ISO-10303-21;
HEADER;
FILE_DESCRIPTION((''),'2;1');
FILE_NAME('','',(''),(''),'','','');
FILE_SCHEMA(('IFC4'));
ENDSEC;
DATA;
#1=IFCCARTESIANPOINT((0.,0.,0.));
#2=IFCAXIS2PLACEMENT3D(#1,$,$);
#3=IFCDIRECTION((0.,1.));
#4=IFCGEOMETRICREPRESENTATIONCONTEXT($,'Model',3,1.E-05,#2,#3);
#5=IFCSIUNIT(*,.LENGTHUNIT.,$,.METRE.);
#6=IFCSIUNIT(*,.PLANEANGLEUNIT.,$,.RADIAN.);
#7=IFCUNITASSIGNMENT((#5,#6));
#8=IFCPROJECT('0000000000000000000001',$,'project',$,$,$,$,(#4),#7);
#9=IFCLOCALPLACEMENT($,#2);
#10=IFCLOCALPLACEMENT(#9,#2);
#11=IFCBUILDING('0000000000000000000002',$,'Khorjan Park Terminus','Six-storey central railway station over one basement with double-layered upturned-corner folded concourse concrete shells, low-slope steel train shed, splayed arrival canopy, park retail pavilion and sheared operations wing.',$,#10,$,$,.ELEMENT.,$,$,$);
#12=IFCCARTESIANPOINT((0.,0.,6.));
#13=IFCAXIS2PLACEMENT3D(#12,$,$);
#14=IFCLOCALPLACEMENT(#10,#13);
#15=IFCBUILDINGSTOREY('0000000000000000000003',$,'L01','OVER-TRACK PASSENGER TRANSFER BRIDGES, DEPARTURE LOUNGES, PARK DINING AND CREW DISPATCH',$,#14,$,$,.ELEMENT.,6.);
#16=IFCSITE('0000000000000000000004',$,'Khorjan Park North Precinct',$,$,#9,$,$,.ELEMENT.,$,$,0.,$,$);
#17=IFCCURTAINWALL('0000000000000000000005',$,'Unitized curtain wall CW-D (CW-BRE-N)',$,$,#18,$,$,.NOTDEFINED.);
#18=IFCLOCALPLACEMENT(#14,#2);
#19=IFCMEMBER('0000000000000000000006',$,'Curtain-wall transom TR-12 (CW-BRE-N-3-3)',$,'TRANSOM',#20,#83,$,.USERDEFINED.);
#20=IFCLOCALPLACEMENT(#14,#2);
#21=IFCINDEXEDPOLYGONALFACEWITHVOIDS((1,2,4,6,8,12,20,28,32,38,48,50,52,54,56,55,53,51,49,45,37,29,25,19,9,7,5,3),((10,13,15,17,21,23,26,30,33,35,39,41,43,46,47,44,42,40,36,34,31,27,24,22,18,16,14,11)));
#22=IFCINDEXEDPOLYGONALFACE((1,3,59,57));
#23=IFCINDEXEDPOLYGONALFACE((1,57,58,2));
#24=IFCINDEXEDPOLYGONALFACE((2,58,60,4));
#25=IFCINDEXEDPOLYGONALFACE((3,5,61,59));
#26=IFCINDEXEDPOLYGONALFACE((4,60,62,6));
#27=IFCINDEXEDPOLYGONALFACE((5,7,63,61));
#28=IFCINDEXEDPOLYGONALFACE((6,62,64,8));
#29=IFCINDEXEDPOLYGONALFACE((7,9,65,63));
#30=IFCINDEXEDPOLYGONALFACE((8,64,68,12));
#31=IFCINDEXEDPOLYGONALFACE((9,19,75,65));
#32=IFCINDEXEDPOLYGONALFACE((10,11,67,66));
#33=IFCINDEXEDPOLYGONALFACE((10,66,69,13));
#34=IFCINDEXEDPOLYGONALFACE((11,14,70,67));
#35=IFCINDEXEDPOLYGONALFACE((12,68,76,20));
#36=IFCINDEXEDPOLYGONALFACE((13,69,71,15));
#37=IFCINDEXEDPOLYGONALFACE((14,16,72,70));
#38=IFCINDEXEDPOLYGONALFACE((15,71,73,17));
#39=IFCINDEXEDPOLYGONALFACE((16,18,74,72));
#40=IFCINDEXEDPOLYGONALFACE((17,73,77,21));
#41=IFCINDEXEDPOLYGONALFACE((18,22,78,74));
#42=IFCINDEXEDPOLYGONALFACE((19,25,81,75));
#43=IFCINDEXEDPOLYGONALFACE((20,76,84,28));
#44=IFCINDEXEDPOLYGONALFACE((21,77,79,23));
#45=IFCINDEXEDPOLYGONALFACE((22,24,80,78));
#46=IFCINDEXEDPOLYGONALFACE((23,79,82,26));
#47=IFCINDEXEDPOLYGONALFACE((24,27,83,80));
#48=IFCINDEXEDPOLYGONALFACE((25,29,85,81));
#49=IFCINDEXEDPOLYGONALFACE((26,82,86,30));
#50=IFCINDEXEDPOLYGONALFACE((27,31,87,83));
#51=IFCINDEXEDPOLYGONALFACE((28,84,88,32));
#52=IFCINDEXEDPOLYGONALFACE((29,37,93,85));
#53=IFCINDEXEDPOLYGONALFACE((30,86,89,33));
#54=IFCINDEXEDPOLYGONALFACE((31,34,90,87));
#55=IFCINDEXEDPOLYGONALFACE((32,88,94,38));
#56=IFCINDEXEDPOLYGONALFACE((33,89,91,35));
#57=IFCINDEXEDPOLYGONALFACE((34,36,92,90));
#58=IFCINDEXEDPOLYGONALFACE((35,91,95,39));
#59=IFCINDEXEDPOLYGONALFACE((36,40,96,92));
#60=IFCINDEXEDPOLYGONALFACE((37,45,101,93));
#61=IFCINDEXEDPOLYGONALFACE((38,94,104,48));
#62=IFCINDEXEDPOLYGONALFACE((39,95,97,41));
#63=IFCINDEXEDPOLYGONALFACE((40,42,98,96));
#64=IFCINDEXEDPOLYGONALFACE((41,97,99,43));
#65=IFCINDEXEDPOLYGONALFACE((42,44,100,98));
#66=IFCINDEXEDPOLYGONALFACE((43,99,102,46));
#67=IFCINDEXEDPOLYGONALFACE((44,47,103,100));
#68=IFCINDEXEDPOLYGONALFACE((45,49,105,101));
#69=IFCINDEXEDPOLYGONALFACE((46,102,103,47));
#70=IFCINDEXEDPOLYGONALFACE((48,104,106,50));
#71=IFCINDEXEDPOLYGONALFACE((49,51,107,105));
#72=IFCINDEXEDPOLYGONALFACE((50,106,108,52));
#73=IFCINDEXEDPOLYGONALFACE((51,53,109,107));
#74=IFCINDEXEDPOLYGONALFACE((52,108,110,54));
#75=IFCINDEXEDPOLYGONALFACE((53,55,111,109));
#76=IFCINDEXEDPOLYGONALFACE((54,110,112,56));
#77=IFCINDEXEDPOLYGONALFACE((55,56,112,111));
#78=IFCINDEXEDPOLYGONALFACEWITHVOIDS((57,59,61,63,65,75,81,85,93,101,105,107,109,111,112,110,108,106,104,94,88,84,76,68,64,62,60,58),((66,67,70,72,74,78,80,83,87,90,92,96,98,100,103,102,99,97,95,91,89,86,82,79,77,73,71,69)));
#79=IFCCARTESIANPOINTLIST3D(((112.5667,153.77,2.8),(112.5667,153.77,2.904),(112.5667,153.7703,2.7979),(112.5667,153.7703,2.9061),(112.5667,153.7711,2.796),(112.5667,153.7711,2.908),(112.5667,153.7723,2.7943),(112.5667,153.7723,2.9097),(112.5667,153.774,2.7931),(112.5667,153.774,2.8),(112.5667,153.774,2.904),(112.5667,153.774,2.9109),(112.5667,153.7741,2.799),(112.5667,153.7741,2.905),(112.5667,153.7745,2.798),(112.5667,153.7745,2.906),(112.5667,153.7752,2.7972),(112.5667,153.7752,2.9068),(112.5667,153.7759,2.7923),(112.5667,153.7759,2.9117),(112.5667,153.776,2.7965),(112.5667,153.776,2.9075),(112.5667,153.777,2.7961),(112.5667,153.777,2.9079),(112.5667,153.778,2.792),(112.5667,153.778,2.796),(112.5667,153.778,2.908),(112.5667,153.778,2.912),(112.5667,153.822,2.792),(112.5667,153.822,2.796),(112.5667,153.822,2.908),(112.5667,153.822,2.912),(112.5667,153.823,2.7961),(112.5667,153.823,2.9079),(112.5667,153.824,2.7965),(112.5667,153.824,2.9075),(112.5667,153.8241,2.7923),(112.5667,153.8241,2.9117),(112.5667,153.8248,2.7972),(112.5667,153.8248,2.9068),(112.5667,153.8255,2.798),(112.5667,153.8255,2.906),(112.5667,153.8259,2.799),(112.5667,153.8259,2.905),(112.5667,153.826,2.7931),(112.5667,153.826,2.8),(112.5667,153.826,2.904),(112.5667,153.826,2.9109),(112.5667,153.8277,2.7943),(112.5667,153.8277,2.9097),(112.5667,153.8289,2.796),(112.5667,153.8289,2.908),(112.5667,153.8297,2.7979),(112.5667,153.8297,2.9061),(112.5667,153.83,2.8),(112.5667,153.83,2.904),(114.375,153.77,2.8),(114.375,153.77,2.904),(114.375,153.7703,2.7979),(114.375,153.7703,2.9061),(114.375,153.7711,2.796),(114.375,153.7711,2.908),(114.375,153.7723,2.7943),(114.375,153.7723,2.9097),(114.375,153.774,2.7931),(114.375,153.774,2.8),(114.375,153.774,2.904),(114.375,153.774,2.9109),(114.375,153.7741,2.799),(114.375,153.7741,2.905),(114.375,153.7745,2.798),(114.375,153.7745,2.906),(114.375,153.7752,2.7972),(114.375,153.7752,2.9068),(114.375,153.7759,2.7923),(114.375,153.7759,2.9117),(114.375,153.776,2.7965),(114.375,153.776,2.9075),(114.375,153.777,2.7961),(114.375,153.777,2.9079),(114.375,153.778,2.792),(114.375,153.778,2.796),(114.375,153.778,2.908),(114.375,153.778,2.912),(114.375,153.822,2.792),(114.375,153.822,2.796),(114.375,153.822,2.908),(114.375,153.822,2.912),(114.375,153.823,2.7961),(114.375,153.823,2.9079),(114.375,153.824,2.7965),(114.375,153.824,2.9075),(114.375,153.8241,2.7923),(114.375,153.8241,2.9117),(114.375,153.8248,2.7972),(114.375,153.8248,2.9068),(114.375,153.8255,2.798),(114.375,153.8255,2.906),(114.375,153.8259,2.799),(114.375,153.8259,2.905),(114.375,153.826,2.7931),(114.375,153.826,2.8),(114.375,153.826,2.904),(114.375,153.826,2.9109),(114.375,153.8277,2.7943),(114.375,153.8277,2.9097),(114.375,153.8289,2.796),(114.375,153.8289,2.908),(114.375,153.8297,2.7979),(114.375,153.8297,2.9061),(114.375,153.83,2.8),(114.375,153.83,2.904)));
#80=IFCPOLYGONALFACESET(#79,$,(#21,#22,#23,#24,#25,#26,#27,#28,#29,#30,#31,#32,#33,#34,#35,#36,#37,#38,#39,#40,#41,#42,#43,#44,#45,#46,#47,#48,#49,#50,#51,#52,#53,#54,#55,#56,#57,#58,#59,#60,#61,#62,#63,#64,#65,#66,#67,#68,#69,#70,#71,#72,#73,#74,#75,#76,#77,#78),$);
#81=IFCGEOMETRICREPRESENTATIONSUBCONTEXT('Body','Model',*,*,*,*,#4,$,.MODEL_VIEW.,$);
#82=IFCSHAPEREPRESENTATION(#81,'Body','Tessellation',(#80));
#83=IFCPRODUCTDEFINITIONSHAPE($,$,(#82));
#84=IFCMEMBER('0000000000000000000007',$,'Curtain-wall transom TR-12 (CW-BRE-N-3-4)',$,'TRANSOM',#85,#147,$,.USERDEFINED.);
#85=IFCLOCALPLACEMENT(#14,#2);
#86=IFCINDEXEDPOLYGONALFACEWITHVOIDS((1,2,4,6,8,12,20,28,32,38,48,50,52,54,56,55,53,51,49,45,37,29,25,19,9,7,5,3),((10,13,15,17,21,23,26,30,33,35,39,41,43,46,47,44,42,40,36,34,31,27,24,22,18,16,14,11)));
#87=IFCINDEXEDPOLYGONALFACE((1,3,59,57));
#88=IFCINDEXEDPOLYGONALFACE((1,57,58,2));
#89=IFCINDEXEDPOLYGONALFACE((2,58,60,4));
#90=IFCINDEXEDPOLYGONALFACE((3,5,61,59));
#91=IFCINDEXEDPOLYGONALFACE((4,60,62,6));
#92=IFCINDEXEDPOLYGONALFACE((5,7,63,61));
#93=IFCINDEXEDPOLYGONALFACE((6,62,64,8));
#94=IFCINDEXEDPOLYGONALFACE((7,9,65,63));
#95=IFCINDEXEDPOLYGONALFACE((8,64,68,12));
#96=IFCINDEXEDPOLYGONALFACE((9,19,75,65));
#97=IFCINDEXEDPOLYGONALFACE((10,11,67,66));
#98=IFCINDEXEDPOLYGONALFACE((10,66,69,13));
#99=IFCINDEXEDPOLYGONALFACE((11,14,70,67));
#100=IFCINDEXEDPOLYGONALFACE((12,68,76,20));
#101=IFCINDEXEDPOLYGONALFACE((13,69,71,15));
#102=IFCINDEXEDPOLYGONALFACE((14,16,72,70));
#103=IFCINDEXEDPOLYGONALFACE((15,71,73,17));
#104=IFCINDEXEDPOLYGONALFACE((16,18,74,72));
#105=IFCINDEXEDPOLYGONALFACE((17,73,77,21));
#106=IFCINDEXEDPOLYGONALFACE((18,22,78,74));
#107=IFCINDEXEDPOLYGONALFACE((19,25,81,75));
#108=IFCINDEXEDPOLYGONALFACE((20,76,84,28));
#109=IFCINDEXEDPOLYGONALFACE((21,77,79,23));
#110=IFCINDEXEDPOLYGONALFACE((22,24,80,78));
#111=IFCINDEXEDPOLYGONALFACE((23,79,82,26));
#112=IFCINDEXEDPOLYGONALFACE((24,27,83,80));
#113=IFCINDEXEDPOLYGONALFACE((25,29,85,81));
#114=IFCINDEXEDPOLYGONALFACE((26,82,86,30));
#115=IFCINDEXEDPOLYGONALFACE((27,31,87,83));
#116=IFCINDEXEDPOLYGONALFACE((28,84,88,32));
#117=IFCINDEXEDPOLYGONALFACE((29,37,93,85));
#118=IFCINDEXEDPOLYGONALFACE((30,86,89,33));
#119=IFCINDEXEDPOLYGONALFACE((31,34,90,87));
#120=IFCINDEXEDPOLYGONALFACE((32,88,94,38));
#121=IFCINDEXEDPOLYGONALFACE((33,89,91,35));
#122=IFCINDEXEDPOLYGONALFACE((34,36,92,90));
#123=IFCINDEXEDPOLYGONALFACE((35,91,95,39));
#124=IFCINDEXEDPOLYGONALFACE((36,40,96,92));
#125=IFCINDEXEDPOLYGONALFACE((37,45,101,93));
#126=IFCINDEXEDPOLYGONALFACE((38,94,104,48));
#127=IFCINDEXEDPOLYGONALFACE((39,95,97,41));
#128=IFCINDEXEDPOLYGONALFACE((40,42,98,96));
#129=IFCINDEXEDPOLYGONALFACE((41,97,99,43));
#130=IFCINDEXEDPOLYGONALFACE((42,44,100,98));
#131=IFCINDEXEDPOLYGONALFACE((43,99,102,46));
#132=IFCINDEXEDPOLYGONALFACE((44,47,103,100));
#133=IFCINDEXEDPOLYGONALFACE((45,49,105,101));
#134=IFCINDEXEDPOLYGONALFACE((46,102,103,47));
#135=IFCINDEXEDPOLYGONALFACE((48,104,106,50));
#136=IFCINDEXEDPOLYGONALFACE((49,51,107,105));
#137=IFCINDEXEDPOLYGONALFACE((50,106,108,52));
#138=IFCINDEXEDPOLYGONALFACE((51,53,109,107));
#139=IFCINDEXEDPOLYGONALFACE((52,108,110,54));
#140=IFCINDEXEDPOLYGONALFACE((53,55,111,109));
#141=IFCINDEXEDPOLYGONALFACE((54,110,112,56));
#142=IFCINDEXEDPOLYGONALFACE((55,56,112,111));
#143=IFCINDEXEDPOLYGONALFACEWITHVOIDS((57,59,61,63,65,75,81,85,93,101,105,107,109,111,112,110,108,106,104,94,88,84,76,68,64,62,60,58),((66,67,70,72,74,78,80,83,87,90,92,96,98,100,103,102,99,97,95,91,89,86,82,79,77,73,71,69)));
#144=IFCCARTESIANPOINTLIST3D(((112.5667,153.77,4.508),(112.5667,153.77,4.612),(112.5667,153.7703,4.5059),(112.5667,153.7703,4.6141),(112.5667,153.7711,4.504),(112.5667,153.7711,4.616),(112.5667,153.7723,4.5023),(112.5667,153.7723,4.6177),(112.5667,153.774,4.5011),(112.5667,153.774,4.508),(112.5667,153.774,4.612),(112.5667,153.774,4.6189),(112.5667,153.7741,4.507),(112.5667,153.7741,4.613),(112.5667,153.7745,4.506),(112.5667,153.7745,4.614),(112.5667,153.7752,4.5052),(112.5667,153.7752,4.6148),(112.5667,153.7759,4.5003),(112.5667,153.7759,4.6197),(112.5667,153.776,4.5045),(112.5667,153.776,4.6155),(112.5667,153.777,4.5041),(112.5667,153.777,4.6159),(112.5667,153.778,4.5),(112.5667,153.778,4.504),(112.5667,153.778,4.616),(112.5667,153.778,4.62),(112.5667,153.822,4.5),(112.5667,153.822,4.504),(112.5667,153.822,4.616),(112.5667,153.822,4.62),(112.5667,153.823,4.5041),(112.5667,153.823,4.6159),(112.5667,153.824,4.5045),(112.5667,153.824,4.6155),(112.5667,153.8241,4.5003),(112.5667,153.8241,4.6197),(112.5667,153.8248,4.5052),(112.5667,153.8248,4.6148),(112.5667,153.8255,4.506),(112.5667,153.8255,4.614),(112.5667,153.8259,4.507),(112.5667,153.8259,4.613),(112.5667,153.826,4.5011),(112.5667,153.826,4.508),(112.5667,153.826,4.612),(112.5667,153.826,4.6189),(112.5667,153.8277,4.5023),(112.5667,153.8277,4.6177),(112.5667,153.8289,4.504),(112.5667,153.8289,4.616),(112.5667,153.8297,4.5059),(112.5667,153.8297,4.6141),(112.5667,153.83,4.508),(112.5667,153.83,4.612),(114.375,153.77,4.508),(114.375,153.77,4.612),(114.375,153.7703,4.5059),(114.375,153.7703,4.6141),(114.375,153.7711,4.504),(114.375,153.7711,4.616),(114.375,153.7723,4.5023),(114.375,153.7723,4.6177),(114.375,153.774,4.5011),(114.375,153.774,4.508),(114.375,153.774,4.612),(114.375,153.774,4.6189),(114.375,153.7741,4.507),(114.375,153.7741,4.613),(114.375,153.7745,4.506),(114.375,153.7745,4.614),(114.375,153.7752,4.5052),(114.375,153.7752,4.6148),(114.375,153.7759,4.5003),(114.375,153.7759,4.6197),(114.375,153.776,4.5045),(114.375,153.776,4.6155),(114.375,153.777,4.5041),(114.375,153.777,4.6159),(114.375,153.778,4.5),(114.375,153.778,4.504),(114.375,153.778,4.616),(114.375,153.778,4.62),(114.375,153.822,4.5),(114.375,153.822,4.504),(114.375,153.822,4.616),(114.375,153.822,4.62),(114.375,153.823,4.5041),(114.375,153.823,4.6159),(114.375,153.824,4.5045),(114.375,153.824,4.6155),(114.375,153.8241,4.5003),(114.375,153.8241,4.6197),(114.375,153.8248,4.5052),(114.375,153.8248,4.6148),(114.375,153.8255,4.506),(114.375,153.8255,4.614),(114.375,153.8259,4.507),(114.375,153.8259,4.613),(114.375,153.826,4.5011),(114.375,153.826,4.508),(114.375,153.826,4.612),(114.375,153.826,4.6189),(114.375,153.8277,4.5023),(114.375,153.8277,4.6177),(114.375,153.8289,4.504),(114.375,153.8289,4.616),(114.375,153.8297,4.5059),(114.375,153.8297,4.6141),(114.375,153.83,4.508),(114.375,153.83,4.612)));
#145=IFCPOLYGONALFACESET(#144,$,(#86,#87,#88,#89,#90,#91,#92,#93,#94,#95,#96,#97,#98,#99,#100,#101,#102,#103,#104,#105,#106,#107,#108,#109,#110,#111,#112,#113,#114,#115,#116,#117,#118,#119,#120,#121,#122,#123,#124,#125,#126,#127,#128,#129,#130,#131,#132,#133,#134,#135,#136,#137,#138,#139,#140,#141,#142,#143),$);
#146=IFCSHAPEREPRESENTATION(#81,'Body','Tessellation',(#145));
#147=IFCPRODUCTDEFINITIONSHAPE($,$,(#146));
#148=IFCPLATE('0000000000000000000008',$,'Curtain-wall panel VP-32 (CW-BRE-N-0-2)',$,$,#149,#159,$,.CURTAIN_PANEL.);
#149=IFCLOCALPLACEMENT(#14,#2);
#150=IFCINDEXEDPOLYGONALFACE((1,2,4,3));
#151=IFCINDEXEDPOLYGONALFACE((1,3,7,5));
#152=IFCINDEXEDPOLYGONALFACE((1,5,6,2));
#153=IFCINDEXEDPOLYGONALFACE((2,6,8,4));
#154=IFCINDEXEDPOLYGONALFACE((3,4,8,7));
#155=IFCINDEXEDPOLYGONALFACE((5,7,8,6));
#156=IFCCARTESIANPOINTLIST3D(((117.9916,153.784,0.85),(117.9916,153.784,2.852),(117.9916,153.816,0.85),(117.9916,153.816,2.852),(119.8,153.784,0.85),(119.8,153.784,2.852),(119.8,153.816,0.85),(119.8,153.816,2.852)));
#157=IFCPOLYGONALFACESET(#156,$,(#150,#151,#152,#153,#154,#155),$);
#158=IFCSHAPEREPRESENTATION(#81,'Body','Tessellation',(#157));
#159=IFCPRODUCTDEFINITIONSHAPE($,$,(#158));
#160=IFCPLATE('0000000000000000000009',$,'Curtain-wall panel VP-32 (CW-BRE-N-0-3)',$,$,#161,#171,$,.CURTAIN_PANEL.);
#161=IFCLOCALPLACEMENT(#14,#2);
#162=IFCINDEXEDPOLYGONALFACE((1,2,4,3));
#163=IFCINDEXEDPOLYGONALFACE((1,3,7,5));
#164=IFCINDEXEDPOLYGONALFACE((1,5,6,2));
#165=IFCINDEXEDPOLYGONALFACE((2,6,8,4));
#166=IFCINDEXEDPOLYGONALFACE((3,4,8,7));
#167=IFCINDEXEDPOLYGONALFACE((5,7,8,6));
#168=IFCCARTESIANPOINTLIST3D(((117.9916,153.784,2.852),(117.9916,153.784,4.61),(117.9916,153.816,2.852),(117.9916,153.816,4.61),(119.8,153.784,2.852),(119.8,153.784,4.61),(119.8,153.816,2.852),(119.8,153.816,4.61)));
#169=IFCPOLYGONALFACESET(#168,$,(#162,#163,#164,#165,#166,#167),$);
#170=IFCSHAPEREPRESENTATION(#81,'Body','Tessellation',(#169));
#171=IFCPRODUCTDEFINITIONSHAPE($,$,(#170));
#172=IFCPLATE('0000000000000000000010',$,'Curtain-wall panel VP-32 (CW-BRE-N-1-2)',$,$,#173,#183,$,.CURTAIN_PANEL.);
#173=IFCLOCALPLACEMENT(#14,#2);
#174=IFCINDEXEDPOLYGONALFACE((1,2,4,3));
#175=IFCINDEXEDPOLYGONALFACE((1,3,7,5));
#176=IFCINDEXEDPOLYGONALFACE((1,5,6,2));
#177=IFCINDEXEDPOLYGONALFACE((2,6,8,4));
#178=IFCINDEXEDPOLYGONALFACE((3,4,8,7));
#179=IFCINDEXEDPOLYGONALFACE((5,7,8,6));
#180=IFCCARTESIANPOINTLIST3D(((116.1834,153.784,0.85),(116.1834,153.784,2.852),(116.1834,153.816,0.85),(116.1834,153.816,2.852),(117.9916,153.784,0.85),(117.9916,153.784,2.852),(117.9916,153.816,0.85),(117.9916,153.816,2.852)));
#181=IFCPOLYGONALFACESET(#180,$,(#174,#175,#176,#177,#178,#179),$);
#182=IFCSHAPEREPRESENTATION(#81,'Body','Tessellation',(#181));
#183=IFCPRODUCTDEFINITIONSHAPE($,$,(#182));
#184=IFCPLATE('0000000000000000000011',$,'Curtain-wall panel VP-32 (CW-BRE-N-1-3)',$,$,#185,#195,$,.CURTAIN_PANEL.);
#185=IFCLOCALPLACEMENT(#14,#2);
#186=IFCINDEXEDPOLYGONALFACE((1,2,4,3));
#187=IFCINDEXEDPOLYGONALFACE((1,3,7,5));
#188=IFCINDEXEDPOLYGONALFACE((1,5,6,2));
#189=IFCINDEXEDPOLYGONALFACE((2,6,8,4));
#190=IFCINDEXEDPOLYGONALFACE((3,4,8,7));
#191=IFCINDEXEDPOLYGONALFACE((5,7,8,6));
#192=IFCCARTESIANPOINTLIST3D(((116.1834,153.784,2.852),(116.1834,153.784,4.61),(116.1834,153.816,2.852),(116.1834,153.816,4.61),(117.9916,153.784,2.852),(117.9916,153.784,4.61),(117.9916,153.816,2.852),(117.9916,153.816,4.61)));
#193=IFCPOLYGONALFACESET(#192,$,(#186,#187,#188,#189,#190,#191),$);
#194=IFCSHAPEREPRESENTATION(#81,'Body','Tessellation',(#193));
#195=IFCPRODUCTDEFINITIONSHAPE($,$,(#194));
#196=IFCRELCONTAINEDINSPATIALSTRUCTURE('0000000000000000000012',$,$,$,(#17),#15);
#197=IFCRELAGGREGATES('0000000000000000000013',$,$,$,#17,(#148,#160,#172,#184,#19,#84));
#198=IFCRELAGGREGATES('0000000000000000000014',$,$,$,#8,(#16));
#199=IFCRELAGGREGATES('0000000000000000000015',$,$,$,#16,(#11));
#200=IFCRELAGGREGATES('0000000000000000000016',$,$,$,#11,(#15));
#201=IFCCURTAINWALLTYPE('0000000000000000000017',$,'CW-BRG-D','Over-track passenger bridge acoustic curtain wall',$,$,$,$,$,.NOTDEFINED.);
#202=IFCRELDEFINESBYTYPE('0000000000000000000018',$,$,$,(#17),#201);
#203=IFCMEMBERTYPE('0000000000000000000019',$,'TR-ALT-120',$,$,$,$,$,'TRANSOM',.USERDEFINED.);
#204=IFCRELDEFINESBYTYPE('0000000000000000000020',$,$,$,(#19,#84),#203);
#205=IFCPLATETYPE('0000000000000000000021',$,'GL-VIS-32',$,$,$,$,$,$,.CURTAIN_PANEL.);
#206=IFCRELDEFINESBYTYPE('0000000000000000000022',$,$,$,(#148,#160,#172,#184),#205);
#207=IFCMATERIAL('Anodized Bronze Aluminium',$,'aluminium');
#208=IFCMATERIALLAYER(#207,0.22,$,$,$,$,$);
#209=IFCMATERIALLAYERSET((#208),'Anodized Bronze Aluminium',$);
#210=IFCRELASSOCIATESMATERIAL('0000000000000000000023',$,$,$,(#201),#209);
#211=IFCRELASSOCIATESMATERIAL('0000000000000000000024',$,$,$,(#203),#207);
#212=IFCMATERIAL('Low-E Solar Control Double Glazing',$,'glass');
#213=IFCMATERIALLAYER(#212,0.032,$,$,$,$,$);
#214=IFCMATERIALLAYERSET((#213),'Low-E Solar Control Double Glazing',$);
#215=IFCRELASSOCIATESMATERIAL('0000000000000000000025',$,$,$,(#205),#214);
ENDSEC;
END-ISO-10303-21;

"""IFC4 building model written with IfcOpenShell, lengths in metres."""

from ifc_helpers import new_model, si_unit, direction, frame, origin, origin_2d, place, context, subcontext, project, spatial, rectangle, hollow_rectangle, extrude, material, layer, layer_set, material_profile, profile_set, type_object, element, aggregate, save


model = new_model("IFC4")

# Units and contexts
model_context = context("Model", 3, precision=1e-05, world=origin(), true_north=direction((0.0, 1.0)))
body_context = subcontext(model_context, "Body", "Model", "MODEL_VIEW")
ifc_project = project(units=[si_unit("LENGTHUNIT", "METRE"), si_unit("PLANEANGLEUNIT", "RADIAN")], contexts=[model_context])

# Site, building, storey
site_placement = place(None, origin())
site = spatial("IfcSite", under=ifc_project, at=site_placement, Name="Khorjan Park North Precinct", CompositionType="ELEMENT", RefElevation=0.0)
building_placement = place(site_placement, origin())
building = spatial("IfcBuilding", under=site, at=building_placement, Name="Khorjan Park Terminus", Description="Six-storey central railway station over one basement with double-layered upturned-corner folded concourse concrete shells, low-slope steel train shed, splayed arrival canopy, park retail pavilion and sheared operations wing.", CompositionType="ELEMENT")
storey_placement = place(building_placement, frame((0.0, 0.0, 6.0)))
storey = spatial("IfcBuildingStorey", under=building, at=storey_placement, Name="L01", Description="OVER-TRACK PASSENGER TRANSFER BRIDGES, DEPARTURE LOUNGES, PARK DINING AND CREW DISPATCH", CompositionType="ELEMENT", Elevation=6.0)

# Curtain wall, members, plates
ifc_material_1 = material(Name="Anodized Bronze Aluminium", Category="aluminium")
ifc_layer_1 = layer(ifc_material_1, 0.22)
ifc_layer_set_1 = layer_set([ifc_layer_1], Name="Anodized Bronze Aluminium")
curtain_wall_type = type_object("IfcCurtainWallType", Name="CW-BRG-D", Description="Over-track passenger bridge acoustic curtain wall", PredefinedType="NOTDEFINED", material=ifc_layer_set_1)
curtain_wall_placement = place(storey_placement, origin())
curtain_wall = element("IfcCurtainWall", 1, at=curtain_wall_placement, inside=storey, type_object=curtain_wall_type, Name="Unitized curtain wall CW-D (CW-BRE-N)", PredefinedType="NOTDEFINED")
ifc_material_profile_1 = material_profile(ifc_material_1, hollow_rectangle(XDim=0.06, YDim=0.12, WallThickness=0.004, InnerFilletRadius=0.004, OuterFilletRadius=0.008, at=origin_2d()), Name="ALT 60x120x4")
ifc_profile_set_1 = profile_set([ifc_material_profile_1], Name="Anodized Bronze Aluminium")
member_type_1 = type_object("IfcMemberType", Name="TR-ALT-120", ElementType="TRANSOM", PredefinedType="USERDEFINED", material=ifc_profile_set_1)
member_1_placement = place(storey_placement, frame((114.375, 153.8, 2.852), z_axis=(-1.0, 0.0, 0.0), x_axis=(0.0, -1.0, 0.0)))
member_1 = element("IfcMember", 2, at=member_1_placement, type_object=member_type_1, Name="Curtain-wall transom TR-12 (CW-BRE-N-3-3)", ObjectType="TRANSOM", PredefinedType="USERDEFINED", context=body_context, shape_type="SweptSolid", body=[
    extrude(hollow_rectangle(XDim=0.06, YDim=0.12, WallThickness=0.004, InnerFilletRadius=0.004, OuterFilletRadius=0.008, at=origin_2d()), origin(), (0.0, 0.0, 1.0), 1.8083),
])
member_2_placement = place(storey_placement, frame((114.375, 153.8, 4.56), z_axis=(-1.0, 0.0, 0.0), x_axis=(0.0, -1.0, 0.0)))
member_2 = element("IfcMember", 3, at=member_2_placement, type_object=member_type_1, Name="Curtain-wall transom TR-12 (CW-BRE-N-3-4)", ObjectType="TRANSOM", PredefinedType="USERDEFINED", context=body_context, shape_type="SweptSolid", body=[
    extrude(hollow_rectangle(XDim=0.06, YDim=0.12, WallThickness=0.004, InnerFilletRadius=0.004, OuterFilletRadius=0.008, at=origin_2d()), origin(), (0.0, 0.0, 1.0), 1.8083),
])
ifc_material_2 = material(Name="Low-E Solar Control Double Glazing", Category="glass")
ifc_layer_2 = layer(ifc_material_2, 0.032)
ifc_layer_set_2 = layer_set([ifc_layer_2], Name="Low-E Solar Control Double Glazing")
plate_type_1 = type_object("IfcPlateType", Name="GL-VIS-32", PredefinedType="CURTAIN_PANEL", material=ifc_layer_set_2)
plate_1_placement = place(storey_placement, frame((118.8958, 153.8, 0.85), z_axis=(0.0, 0.0, 1.0), x_axis=(-1.0, 0.0, 0.0)))
plate_1 = element("IfcPlate", 4, at=plate_1_placement, type_object=plate_type_1, Name="Curtain-wall panel VP-32 (CW-BRE-N-0-2)", PredefinedType="CURTAIN_PANEL", context=body_context, shape_type="SweptSolid", body=[
    extrude(rectangle(XDim=1.8083, YDim=0.032, at=origin_2d()), origin(), (0.0, 0.0, 1.0), 2.002),
])
plate_2_placement = place(storey_placement, frame((118.8958, 153.8, 2.852), z_axis=(0.0, 0.0, 1.0), x_axis=(-1.0, 0.0, 0.0)))
plate_2 = element("IfcPlate", 5, at=plate_2_placement, type_object=plate_type_1, Name="Curtain-wall panel VP-32 (CW-BRE-N-0-3)", PredefinedType="CURTAIN_PANEL", context=body_context, shape_type="SweptSolid", body=[
    extrude(rectangle(XDim=1.8083, YDim=0.032, at=origin_2d()), origin(), (0.0, 0.0, 1.0), 1.758),
])
plate_3_placement = place(storey_placement, frame((117.0875, 153.8, 0.85), z_axis=(0.0, 0.0, 1.0), x_axis=(-1.0, 0.0, 0.0)))
plate_3 = element("IfcPlate", 6, at=plate_3_placement, type_object=plate_type_1, Name="Curtain-wall panel VP-32 (CW-BRE-N-1-2)", PredefinedType="CURTAIN_PANEL", context=body_context, shape_type="SweptSolid", body=[
    extrude(rectangle(XDim=1.8083, YDim=0.032, at=origin_2d()), origin(), (0.0, 0.0, 1.0), 2.002),
])
plate_4_placement = place(storey_placement, frame((117.0875, 153.8, 2.852), z_axis=(0.0, 0.0, 1.0), x_axis=(-1.0, 0.0, 0.0)))
plate_4 = element("IfcPlate", 7, at=plate_4_placement, type_object=plate_type_1, Name="Curtain-wall panel VP-32 (CW-BRE-N-1-3)", PredefinedType="CURTAIN_PANEL", context=body_context, shape_type="SweptSolid", body=[
    extrude(rectangle(XDim=1.8083, YDim=0.032, at=origin_2d()), origin(), (0.0, 0.0, 1.0), 1.758),
])
aggregate(curtain_wall, [plate_1, plate_2, plate_3, plate_4, member_1, member_2])

save(model, "model.ifc")
